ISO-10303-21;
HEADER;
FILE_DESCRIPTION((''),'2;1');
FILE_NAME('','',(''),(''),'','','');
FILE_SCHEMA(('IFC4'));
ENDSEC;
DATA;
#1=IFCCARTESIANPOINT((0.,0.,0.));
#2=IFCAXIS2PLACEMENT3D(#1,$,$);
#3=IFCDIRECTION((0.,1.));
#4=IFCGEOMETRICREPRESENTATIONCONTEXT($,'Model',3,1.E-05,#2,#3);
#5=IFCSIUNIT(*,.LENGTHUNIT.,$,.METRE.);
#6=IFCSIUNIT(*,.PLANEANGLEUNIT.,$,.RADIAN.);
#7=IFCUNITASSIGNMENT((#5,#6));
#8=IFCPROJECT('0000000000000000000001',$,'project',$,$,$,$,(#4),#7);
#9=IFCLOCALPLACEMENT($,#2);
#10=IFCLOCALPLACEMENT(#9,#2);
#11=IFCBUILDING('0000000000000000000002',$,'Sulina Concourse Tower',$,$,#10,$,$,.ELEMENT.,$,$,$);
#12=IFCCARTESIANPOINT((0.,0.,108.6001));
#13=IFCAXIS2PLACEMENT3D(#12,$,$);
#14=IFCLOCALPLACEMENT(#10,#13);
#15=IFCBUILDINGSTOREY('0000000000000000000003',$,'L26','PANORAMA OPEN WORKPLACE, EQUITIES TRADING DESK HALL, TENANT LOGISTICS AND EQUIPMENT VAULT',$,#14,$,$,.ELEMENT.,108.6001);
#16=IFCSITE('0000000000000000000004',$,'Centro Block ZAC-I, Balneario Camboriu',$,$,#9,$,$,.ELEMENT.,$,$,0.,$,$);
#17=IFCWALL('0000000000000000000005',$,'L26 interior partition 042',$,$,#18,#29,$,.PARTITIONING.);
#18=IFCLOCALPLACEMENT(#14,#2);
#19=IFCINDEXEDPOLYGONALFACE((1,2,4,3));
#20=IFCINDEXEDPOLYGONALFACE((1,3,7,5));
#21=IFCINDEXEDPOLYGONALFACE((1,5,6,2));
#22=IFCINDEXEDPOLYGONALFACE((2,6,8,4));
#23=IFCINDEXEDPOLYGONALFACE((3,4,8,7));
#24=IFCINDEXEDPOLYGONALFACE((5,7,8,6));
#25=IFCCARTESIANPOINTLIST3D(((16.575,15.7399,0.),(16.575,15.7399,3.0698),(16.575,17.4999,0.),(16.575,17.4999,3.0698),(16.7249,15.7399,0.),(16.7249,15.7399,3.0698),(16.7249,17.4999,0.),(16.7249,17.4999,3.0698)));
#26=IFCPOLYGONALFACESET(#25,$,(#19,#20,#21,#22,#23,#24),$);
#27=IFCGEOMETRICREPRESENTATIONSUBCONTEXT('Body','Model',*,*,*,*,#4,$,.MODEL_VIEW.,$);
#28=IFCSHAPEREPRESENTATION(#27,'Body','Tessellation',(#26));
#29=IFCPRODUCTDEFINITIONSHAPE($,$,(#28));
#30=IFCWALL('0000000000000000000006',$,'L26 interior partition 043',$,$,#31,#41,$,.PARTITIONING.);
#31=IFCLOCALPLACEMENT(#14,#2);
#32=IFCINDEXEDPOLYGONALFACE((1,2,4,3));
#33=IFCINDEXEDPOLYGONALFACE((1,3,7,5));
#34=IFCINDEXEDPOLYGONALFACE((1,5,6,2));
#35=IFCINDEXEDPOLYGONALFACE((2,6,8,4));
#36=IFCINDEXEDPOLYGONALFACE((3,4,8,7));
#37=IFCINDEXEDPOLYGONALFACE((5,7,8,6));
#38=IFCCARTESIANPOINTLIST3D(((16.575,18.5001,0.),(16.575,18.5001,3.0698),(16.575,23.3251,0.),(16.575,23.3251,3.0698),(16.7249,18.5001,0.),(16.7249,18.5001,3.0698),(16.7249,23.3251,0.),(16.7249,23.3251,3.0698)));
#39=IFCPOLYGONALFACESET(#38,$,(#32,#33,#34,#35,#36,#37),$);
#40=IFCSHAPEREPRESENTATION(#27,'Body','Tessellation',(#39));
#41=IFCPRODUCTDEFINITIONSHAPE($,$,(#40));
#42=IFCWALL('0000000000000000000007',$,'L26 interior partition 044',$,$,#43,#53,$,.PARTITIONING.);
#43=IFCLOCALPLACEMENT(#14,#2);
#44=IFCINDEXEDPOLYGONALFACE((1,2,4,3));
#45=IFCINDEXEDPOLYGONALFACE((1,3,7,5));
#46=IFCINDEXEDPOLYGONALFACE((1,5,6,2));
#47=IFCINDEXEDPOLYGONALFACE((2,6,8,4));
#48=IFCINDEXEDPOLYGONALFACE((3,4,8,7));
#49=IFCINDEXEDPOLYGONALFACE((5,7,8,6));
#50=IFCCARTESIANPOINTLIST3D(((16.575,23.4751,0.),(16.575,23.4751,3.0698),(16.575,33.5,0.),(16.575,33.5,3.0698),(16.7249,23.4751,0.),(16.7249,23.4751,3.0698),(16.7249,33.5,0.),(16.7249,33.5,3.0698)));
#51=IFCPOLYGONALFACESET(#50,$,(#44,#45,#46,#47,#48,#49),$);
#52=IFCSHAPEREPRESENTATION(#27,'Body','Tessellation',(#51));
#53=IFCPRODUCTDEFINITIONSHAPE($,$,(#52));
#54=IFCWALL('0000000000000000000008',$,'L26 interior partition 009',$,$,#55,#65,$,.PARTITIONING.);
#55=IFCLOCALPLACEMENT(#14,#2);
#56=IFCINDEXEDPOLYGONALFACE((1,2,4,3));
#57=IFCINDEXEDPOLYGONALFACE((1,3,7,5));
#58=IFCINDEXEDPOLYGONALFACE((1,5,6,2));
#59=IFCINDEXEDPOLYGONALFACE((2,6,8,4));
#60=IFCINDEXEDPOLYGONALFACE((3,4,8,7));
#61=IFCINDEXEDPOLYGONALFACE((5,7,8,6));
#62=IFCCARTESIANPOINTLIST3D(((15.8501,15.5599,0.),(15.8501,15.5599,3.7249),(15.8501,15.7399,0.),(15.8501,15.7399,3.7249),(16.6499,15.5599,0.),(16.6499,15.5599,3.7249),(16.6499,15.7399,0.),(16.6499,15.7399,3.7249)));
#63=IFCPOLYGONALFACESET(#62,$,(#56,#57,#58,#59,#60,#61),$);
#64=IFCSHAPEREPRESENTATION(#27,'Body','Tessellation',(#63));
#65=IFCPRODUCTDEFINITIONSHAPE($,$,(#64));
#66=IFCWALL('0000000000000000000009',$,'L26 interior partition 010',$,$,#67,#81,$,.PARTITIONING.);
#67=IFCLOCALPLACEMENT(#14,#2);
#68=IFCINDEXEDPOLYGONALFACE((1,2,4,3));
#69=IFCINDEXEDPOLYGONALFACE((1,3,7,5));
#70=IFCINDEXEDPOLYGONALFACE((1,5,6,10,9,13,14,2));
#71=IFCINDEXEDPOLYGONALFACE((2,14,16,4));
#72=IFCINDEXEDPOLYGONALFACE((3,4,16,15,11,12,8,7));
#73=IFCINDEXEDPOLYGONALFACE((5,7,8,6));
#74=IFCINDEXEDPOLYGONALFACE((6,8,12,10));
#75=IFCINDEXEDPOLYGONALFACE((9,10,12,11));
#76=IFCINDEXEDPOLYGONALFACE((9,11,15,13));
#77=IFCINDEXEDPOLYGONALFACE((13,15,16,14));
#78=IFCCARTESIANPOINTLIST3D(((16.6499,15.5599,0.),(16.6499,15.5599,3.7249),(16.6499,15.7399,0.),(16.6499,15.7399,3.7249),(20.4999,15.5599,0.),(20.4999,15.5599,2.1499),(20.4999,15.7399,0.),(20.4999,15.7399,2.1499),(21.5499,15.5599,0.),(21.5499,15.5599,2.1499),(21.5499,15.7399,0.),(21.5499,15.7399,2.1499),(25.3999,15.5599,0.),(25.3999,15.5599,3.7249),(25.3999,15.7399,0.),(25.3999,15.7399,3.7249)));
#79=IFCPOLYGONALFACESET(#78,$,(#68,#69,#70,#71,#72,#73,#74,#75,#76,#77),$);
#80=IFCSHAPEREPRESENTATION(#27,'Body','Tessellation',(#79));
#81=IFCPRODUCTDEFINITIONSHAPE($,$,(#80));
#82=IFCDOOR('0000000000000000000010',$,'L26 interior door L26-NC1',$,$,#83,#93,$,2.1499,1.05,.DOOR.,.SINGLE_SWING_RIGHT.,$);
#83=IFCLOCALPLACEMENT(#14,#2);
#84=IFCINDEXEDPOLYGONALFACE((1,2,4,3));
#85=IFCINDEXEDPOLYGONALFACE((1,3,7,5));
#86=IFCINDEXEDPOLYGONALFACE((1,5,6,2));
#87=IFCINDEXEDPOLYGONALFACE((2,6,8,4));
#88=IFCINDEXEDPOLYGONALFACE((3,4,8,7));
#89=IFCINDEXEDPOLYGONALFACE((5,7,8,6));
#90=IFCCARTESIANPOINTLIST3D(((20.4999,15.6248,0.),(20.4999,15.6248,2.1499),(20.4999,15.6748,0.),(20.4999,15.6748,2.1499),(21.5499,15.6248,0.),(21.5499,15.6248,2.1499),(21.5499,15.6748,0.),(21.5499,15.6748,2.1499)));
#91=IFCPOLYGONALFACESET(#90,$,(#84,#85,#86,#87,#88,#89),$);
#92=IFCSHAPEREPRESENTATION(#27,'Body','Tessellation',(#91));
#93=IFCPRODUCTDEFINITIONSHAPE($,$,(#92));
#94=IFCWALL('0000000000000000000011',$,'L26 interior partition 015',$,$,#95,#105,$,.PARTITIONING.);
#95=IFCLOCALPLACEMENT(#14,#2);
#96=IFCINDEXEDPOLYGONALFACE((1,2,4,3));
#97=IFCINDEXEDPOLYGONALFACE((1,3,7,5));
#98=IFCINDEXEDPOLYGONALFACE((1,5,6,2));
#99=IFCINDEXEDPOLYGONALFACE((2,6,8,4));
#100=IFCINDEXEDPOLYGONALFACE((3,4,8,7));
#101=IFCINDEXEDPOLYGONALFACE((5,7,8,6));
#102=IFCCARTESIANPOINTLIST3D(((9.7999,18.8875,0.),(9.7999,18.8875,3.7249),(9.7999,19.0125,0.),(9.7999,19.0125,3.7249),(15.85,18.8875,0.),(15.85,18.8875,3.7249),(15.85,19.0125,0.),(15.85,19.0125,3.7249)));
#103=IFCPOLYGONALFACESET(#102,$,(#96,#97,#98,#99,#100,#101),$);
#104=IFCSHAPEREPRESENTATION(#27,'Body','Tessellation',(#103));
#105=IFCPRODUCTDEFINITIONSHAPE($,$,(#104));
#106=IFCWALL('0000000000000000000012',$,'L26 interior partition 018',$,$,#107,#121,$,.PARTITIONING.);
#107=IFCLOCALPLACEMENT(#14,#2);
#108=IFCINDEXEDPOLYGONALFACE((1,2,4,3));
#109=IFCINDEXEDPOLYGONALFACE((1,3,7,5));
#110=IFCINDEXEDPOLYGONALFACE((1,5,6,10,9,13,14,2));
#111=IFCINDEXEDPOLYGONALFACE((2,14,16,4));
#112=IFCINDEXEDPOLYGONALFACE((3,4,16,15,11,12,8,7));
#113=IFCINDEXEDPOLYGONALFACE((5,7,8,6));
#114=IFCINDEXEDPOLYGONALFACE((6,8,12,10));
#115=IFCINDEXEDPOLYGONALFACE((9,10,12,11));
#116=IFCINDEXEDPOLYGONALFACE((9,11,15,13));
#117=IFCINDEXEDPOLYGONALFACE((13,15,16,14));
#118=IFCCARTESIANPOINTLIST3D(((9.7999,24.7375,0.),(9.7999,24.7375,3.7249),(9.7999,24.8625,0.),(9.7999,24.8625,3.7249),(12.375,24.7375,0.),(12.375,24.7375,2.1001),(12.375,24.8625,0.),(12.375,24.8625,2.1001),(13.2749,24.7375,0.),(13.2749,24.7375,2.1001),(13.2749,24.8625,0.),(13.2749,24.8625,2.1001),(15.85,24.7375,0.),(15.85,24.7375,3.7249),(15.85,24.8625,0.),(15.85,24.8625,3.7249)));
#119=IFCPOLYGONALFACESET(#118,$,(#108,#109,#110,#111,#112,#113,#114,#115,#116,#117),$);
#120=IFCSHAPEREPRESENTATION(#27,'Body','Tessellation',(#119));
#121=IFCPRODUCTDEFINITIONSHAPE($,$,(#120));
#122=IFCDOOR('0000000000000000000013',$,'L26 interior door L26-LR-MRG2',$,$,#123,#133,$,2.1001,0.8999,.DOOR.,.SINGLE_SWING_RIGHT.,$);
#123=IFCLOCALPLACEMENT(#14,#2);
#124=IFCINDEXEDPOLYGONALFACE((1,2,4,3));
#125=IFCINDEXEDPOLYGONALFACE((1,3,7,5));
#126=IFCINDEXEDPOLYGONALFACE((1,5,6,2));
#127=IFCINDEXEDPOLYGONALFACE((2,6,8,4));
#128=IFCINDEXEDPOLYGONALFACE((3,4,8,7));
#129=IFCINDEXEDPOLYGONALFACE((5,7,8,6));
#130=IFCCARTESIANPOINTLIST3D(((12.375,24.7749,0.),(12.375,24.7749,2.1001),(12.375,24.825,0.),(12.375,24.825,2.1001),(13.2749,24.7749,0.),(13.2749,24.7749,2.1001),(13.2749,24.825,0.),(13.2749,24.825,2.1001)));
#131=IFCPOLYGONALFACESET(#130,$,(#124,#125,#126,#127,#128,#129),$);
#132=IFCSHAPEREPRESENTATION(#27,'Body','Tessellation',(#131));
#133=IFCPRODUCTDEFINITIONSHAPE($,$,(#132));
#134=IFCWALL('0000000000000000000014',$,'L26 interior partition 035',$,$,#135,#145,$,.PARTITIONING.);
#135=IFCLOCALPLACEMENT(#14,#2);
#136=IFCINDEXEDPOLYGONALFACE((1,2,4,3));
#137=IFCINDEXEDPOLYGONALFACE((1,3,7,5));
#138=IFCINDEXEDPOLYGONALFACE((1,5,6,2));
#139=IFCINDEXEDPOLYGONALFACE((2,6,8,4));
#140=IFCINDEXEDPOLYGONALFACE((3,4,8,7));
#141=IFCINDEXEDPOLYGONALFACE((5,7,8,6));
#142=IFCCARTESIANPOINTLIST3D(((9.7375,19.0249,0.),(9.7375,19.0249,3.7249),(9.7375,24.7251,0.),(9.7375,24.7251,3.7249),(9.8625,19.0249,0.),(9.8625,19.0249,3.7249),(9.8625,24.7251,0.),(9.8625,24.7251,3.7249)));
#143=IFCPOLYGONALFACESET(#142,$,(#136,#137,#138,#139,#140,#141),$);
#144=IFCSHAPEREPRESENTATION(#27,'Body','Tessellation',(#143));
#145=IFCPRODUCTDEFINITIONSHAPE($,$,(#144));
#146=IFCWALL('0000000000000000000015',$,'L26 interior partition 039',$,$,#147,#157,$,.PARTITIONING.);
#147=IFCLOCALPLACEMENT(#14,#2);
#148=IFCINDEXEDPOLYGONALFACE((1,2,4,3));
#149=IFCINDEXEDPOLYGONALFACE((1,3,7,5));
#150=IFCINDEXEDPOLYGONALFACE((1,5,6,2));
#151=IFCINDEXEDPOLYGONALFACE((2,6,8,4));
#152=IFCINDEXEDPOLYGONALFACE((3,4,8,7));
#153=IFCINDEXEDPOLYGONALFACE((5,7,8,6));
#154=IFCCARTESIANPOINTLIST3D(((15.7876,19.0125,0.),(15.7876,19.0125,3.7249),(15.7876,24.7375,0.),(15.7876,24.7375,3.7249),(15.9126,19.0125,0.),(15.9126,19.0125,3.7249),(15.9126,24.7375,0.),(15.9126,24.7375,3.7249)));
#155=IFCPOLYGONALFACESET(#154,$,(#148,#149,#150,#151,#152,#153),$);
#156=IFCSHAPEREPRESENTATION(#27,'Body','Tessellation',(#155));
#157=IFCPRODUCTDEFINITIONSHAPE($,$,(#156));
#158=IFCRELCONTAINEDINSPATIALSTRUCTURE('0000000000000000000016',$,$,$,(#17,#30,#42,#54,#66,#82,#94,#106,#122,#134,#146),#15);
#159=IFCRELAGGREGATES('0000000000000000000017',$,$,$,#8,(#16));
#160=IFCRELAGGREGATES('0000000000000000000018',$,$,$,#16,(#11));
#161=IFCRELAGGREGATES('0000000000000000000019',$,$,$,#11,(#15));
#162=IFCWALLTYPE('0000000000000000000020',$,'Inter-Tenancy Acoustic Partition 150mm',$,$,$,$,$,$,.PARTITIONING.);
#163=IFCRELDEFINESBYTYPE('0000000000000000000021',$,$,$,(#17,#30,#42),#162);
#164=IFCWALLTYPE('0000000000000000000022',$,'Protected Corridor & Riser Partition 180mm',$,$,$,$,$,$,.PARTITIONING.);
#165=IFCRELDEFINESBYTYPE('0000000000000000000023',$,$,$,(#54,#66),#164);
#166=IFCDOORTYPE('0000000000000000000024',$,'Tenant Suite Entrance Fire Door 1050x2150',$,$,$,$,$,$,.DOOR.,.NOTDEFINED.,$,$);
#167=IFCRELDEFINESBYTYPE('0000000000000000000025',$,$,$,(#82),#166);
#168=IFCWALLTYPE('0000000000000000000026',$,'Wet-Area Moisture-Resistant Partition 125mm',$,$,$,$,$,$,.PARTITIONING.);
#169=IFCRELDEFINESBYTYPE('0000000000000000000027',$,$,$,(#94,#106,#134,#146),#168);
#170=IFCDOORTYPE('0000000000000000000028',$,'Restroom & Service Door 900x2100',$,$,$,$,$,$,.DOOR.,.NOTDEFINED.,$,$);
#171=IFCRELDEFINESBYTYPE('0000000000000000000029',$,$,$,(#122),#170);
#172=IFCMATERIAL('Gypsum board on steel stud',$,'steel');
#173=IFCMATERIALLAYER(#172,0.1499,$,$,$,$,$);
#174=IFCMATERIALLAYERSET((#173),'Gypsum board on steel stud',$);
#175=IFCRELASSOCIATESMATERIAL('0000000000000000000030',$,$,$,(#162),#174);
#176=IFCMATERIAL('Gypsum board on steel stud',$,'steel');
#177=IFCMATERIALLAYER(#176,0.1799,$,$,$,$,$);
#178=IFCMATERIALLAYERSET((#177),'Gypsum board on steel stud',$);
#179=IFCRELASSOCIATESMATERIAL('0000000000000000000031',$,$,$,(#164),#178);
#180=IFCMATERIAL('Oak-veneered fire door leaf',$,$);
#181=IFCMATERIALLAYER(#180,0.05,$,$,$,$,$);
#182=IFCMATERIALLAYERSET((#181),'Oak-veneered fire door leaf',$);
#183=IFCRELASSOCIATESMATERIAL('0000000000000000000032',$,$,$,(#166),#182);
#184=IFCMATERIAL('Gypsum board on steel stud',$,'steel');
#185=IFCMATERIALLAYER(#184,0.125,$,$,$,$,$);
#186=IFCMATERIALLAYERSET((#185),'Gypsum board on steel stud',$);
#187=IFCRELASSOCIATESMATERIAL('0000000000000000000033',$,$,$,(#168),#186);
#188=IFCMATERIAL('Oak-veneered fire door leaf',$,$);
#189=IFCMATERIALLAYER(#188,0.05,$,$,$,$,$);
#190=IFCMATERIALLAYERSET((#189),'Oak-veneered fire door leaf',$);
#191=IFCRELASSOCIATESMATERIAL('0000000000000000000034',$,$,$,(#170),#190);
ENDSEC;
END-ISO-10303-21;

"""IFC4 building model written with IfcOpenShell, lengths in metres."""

from ifc_helpers import new_model, si_unit, direction, frame, frame_2d, origin, place, context, subcontext, project, spatial, rectangle, extrude, material, layer, layer_set, type_object, element, fill, save


model = new_model("IFC4")

# Units and contexts
model_context = context("Model", 3, precision=1e-05, world=origin(), true_north=direction((0.0, 1.0)))
body_context = subcontext(model_context, "Body", "Model", "MODEL_VIEW")
ifc_project = project(units=[si_unit("LENGTHUNIT", "METRE"), si_unit("PLANEANGLEUNIT", "RADIAN")], contexts=[model_context])

# Site, building, storey
site_placement = place(None, origin())
site = spatial("IfcSite", under=ifc_project, at=site_placement, Name="Centro Block ZAC-I, Balneario Camboriu", CompositionType="ELEMENT", RefElevation=0.0)
building_placement = place(site_placement, origin())
building = spatial("IfcBuilding", under=site, at=building_placement, Name="Sulina Concourse Tower", CompositionType="ELEMENT")
storey_placement = place(building_placement, frame((0.0, 0.0, 108.6001)))
storey = spatial("IfcBuildingStorey", under=building, at=storey_placement, Name="L26", Description="PANORAMA OPEN WORKPLACE, EQUITIES TRADING DESK HALL, TENANT LOGISTICS AND EQUIPMENT VAULT", CompositionType="ELEMENT", Elevation=108.6001)

# Walls
ifc_material_1 = material(Name="Gypsum board on steel stud", Category="steel")
ifc_layer_1 = layer(ifc_material_1, 0.1499)
ifc_layer_set_1 = layer_set([ifc_layer_1], Name="Gypsum board on steel stud")
wall_type_1 = type_object("IfcWallType", Name="Inter-Tenancy Acoustic Partition 150mm", PredefinedType="PARTITIONING", material=ifc_layer_set_1)
wall_1_placement = place(storey_placement, frame((16.6499, 15.74, 0.0), z_axis=(0.0, 0.0, 1.0), x_axis=(0.0, 1.0, 0.0)))
element("IfcWall", 1, at=wall_1_placement, inside=storey, type_object=wall_type_1, Name="L26 interior partition 042", PredefinedType="PARTITIONING", context=body_context, shape_type="SweptSolid", body=[
    extrude(rectangle(XDim=1.76, YDim=0.1499, at=frame_2d((0.8799, 0.0))), origin(), (0.0, 0.0, 1.0), 3.0698),
])
wall_2_placement = place(storey_placement, frame((16.6499, 18.5, 0.0), z_axis=(0.0, 0.0, 1.0), x_axis=(0.0, 1.0, 0.0)))
element("IfcWall", 2, at=wall_2_placement, inside=storey, type_object=wall_type_1, Name="L26 interior partition 043", PredefinedType="PARTITIONING", context=body_context, shape_type="SweptSolid", body=[
    extrude(rectangle(XDim=4.825, YDim=0.1499, at=frame_2d((2.4126, 0.0))), origin(), (0.0, 0.0, 1.0), 3.0698),
])
wall_3_placement = place(storey_placement, frame((16.6499, 23.4751, 0.0), z_axis=(0.0, 0.0, 1.0), x_axis=(0.0, 1.0, 0.0)))
element("IfcWall", 3, at=wall_3_placement, inside=storey, type_object=wall_type_1, Name="L26 interior partition 044", PredefinedType="PARTITIONING", context=body_context, shape_type="SweptSolid", body=[
    extrude(rectangle(XDim=10.0249, YDim=0.1499, at=frame_2d((5.0125, 0.0))), origin(), (0.0, 0.0, 1.0), 3.0698),
])
ifc_material_2 = material(Name="Gypsum board on steel stud", Category="steel")
ifc_layer_2 = layer(ifc_material_2, 0.1799)
ifc_layer_set_2 = layer_set([ifc_layer_2], Name="Gypsum board on steel stud")
wall_type_2 = type_object("IfcWallType", Name="Protected Corridor & Riser Partition 180mm", PredefinedType="PARTITIONING", material=ifc_layer_set_2)
wall_4_placement = place(storey_placement, frame((15.8501, 15.6499, 0.0), z_axis=(0.0, 0.0, 1.0), x_axis=(1.0, 0.0, 0.0)))
element("IfcWall", 4, at=wall_4_placement, inside=storey, type_object=wall_type_2, Name="L26 interior partition 009", PredefinedType="PARTITIONING", context=body_context, shape_type="SweptSolid", body=[
    extrude(rectangle(XDim=0.7998, YDim=0.1799, at=frame_2d((0.3999, 0.0))), origin(), (0.0, 0.0, 1.0), 3.7249),
])

# Wall, opening, door
wall_5_placement = place(storey_placement, frame((16.6499, 15.6499, 0.0), z_axis=(0.0, 0.0, 1.0), x_axis=(1.0, 0.0, 0.0)))
wall_5 = element("IfcWall", 5, at=wall_5_placement, inside=storey, type_object=wall_type_2, Name="L26 interior partition 010", PredefinedType="PARTITIONING", context=body_context, shape_type="SweptSolid", body=[
    extrude(rectangle(XDim=8.75, YDim=0.1799, at=frame_2d((4.375, 0.0))), origin(), (0.0, 0.0, 1.0), 3.7249),
])
opening_1_placement = place(wall_5_placement, frame((3.8501, 0.0, 0.0)))
opening_1 = element("IfcOpeningElement", 6, at=opening_1_placement, cuts=wall_5, PredefinedType="OPENING", context=body_context, shape_type="SweptSolid", body=[
    extrude(rectangle(XDim=1.05, YDim=2.1499, at=frame_2d((0.5249, 1.075))), frame((0.0, 0.0999, 0.0), z_axis=(0.0, -1.0, 0.0), x_axis=(1.0, 0.0, 0.0)), (0.0, 0.0, 1.0), 0.2),
])
ifc_material_3 = material(Name="Oak-veneered fire door leaf")
ifc_layer_3 = layer(ifc_material_3, 0.05)
ifc_layer_set_3 = layer_set([ifc_layer_3], Name="Oak-veneered fire door leaf")
door_type_1 = type_object("IfcDoorType", Name="Tenant Suite Entrance Fire Door 1050x2150", OperationType="NOTDEFINED", PredefinedType="DOOR", material=ifc_layer_set_3)
door_1_placement = place(opening_1_placement, origin())
door_1 = element("IfcDoor", 7, at=door_1_placement, inside=storey, type_object=door_type_1, Name="L26 interior door L26-NC1", OperationType="SINGLE_SWING_RIGHT", OverallHeight=2.1499, OverallWidth=1.05, PredefinedType="DOOR", context=body_context, shape_type="SweptSolid", body=[
    extrude(rectangle(XDim=1.05, YDim=2.1499, at=frame_2d((0.5249, 1.075))), frame((0.0, 0.0249, 0.0), z_axis=(0.0, -1.0, 0.0), x_axis=(1.0, 0.0, 0.0)), (0.0, 0.0, 1.0), 0.05),
])
fill(opening_1, door_1)

# Wall
ifc_material_4 = material(Name="Gypsum board on steel stud", Category="steel")
ifc_layer_4 = layer(ifc_material_4, 0.125)
ifc_layer_set_4 = layer_set([ifc_layer_4], Name="Gypsum board on steel stud")
wall_type_3 = type_object("IfcWallType", Name="Wet-Area Moisture-Resistant Partition 125mm", PredefinedType="PARTITIONING", material=ifc_layer_set_4)
wall_6_placement = place(storey_placement, frame((9.8, 18.95, 0.0), z_axis=(0.0, 0.0, 1.0), x_axis=(1.0, 0.0, 0.0)))
element("IfcWall", 8, at=wall_6_placement, inside=storey, type_object=wall_type_3, Name="L26 interior partition 015", PredefinedType="PARTITIONING", context=body_context, shape_type="SweptSolid", body=[
    extrude(rectangle(XDim=6.05, YDim=0.125, at=frame_2d((3.0249, 0.0))), origin(), (0.0, 0.0, 1.0), 3.7249),
])

# Wall, opening, door
wall_7_placement = place(storey_placement, frame((9.8, 24.8, 0.0), z_axis=(0.0, 0.0, 1.0), x_axis=(1.0, 0.0, 0.0)))
wall_7 = element("IfcWall", 9, at=wall_7_placement, inside=storey, type_object=wall_type_3, Name="L26 interior partition 018", PredefinedType="PARTITIONING", context=body_context, shape_type="SweptSolid", body=[
    extrude(rectangle(XDim=6.05, YDim=0.125, at=frame_2d((3.0249, 0.0))), origin(), (0.0, 0.0, 1.0), 3.7249),
])
opening_2_placement = place(wall_7_placement, frame((2.575, 0.0, 0.0)))
opening_2 = element("IfcOpeningElement", 10, at=opening_2_placement, cuts=wall_7, PredefinedType="OPENING", context=body_context, shape_type="SweptSolid", body=[
    extrude(rectangle(XDim=0.8999, YDim=2.1001, at=frame_2d((0.45, 1.05))), frame((0.0, 0.0725, 0.0), z_axis=(0.0, -1.0, 0.0), x_axis=(1.0, 0.0, 0.0)), (0.0, 0.0, 1.0), 0.145),
])
ifc_material_5 = material(Name="Oak-veneered fire door leaf")
ifc_layer_5 = layer(ifc_material_5, 0.05)
ifc_layer_set_5 = layer_set([ifc_layer_5], Name="Oak-veneered fire door leaf")
door_type_2 = type_object("IfcDoorType", Name="Restroom & Service Door 900x2100", OperationType="NOTDEFINED", PredefinedType="DOOR", material=ifc_layer_set_5)
door_2_placement = place(opening_2_placement, origin())
door_2 = element("IfcDoor", 11, at=door_2_placement, inside=storey, type_object=door_type_2, Name="L26 interior door L26-LR-MRG2", OperationType="SINGLE_SWING_RIGHT", OverallHeight=2.1001, OverallWidth=0.8999, PredefinedType="DOOR", context=body_context, shape_type="SweptSolid", body=[
    extrude(rectangle(XDim=0.8999, YDim=2.1001, at=frame_2d((0.45, 1.05))), frame((0.0, 0.0249, 0.0), z_axis=(0.0, -1.0, 0.0), x_axis=(1.0, 0.0, 0.0)), (0.0, 0.0, 1.0), 0.05),
])
fill(opening_2, door_2)

# Walls
wall_8_placement = place(storey_placement, frame((9.8, 19.0249, 0.0), z_axis=(0.0, 0.0, 1.0), x_axis=(0.0, 1.0, 0.0)))
element("IfcWall", 12, at=wall_8_placement, inside=storey, type_object=wall_type_3, Name="L26 interior partition 035", PredefinedType="PARTITIONING", context=body_context, shape_type="SweptSolid", body=[
    extrude(rectangle(XDim=5.7002, YDim=0.125, at=frame_2d((2.8501, 0.0))), origin(), (0.0, 0.0, 1.0), 3.7249),
])
wall_9_placement = place(storey_placement, frame((15.8501, 19.0125, 0.0), z_axis=(0.0, 0.0, 1.0), x_axis=(0.0, 1.0, 0.0)))
element("IfcWall", 13, at=wall_9_placement, inside=storey, type_object=wall_type_3, Name="L26 interior partition 039", PredefinedType="PARTITIONING", context=body_context, shape_type="SweptSolid", body=[
    extrude(rectangle(XDim=5.7251, YDim=0.125, at=frame_2d((2.8625, 0.0))), origin(), (0.0, 0.0, 1.0), 3.7249),
])

save(model, "model.ifc")
